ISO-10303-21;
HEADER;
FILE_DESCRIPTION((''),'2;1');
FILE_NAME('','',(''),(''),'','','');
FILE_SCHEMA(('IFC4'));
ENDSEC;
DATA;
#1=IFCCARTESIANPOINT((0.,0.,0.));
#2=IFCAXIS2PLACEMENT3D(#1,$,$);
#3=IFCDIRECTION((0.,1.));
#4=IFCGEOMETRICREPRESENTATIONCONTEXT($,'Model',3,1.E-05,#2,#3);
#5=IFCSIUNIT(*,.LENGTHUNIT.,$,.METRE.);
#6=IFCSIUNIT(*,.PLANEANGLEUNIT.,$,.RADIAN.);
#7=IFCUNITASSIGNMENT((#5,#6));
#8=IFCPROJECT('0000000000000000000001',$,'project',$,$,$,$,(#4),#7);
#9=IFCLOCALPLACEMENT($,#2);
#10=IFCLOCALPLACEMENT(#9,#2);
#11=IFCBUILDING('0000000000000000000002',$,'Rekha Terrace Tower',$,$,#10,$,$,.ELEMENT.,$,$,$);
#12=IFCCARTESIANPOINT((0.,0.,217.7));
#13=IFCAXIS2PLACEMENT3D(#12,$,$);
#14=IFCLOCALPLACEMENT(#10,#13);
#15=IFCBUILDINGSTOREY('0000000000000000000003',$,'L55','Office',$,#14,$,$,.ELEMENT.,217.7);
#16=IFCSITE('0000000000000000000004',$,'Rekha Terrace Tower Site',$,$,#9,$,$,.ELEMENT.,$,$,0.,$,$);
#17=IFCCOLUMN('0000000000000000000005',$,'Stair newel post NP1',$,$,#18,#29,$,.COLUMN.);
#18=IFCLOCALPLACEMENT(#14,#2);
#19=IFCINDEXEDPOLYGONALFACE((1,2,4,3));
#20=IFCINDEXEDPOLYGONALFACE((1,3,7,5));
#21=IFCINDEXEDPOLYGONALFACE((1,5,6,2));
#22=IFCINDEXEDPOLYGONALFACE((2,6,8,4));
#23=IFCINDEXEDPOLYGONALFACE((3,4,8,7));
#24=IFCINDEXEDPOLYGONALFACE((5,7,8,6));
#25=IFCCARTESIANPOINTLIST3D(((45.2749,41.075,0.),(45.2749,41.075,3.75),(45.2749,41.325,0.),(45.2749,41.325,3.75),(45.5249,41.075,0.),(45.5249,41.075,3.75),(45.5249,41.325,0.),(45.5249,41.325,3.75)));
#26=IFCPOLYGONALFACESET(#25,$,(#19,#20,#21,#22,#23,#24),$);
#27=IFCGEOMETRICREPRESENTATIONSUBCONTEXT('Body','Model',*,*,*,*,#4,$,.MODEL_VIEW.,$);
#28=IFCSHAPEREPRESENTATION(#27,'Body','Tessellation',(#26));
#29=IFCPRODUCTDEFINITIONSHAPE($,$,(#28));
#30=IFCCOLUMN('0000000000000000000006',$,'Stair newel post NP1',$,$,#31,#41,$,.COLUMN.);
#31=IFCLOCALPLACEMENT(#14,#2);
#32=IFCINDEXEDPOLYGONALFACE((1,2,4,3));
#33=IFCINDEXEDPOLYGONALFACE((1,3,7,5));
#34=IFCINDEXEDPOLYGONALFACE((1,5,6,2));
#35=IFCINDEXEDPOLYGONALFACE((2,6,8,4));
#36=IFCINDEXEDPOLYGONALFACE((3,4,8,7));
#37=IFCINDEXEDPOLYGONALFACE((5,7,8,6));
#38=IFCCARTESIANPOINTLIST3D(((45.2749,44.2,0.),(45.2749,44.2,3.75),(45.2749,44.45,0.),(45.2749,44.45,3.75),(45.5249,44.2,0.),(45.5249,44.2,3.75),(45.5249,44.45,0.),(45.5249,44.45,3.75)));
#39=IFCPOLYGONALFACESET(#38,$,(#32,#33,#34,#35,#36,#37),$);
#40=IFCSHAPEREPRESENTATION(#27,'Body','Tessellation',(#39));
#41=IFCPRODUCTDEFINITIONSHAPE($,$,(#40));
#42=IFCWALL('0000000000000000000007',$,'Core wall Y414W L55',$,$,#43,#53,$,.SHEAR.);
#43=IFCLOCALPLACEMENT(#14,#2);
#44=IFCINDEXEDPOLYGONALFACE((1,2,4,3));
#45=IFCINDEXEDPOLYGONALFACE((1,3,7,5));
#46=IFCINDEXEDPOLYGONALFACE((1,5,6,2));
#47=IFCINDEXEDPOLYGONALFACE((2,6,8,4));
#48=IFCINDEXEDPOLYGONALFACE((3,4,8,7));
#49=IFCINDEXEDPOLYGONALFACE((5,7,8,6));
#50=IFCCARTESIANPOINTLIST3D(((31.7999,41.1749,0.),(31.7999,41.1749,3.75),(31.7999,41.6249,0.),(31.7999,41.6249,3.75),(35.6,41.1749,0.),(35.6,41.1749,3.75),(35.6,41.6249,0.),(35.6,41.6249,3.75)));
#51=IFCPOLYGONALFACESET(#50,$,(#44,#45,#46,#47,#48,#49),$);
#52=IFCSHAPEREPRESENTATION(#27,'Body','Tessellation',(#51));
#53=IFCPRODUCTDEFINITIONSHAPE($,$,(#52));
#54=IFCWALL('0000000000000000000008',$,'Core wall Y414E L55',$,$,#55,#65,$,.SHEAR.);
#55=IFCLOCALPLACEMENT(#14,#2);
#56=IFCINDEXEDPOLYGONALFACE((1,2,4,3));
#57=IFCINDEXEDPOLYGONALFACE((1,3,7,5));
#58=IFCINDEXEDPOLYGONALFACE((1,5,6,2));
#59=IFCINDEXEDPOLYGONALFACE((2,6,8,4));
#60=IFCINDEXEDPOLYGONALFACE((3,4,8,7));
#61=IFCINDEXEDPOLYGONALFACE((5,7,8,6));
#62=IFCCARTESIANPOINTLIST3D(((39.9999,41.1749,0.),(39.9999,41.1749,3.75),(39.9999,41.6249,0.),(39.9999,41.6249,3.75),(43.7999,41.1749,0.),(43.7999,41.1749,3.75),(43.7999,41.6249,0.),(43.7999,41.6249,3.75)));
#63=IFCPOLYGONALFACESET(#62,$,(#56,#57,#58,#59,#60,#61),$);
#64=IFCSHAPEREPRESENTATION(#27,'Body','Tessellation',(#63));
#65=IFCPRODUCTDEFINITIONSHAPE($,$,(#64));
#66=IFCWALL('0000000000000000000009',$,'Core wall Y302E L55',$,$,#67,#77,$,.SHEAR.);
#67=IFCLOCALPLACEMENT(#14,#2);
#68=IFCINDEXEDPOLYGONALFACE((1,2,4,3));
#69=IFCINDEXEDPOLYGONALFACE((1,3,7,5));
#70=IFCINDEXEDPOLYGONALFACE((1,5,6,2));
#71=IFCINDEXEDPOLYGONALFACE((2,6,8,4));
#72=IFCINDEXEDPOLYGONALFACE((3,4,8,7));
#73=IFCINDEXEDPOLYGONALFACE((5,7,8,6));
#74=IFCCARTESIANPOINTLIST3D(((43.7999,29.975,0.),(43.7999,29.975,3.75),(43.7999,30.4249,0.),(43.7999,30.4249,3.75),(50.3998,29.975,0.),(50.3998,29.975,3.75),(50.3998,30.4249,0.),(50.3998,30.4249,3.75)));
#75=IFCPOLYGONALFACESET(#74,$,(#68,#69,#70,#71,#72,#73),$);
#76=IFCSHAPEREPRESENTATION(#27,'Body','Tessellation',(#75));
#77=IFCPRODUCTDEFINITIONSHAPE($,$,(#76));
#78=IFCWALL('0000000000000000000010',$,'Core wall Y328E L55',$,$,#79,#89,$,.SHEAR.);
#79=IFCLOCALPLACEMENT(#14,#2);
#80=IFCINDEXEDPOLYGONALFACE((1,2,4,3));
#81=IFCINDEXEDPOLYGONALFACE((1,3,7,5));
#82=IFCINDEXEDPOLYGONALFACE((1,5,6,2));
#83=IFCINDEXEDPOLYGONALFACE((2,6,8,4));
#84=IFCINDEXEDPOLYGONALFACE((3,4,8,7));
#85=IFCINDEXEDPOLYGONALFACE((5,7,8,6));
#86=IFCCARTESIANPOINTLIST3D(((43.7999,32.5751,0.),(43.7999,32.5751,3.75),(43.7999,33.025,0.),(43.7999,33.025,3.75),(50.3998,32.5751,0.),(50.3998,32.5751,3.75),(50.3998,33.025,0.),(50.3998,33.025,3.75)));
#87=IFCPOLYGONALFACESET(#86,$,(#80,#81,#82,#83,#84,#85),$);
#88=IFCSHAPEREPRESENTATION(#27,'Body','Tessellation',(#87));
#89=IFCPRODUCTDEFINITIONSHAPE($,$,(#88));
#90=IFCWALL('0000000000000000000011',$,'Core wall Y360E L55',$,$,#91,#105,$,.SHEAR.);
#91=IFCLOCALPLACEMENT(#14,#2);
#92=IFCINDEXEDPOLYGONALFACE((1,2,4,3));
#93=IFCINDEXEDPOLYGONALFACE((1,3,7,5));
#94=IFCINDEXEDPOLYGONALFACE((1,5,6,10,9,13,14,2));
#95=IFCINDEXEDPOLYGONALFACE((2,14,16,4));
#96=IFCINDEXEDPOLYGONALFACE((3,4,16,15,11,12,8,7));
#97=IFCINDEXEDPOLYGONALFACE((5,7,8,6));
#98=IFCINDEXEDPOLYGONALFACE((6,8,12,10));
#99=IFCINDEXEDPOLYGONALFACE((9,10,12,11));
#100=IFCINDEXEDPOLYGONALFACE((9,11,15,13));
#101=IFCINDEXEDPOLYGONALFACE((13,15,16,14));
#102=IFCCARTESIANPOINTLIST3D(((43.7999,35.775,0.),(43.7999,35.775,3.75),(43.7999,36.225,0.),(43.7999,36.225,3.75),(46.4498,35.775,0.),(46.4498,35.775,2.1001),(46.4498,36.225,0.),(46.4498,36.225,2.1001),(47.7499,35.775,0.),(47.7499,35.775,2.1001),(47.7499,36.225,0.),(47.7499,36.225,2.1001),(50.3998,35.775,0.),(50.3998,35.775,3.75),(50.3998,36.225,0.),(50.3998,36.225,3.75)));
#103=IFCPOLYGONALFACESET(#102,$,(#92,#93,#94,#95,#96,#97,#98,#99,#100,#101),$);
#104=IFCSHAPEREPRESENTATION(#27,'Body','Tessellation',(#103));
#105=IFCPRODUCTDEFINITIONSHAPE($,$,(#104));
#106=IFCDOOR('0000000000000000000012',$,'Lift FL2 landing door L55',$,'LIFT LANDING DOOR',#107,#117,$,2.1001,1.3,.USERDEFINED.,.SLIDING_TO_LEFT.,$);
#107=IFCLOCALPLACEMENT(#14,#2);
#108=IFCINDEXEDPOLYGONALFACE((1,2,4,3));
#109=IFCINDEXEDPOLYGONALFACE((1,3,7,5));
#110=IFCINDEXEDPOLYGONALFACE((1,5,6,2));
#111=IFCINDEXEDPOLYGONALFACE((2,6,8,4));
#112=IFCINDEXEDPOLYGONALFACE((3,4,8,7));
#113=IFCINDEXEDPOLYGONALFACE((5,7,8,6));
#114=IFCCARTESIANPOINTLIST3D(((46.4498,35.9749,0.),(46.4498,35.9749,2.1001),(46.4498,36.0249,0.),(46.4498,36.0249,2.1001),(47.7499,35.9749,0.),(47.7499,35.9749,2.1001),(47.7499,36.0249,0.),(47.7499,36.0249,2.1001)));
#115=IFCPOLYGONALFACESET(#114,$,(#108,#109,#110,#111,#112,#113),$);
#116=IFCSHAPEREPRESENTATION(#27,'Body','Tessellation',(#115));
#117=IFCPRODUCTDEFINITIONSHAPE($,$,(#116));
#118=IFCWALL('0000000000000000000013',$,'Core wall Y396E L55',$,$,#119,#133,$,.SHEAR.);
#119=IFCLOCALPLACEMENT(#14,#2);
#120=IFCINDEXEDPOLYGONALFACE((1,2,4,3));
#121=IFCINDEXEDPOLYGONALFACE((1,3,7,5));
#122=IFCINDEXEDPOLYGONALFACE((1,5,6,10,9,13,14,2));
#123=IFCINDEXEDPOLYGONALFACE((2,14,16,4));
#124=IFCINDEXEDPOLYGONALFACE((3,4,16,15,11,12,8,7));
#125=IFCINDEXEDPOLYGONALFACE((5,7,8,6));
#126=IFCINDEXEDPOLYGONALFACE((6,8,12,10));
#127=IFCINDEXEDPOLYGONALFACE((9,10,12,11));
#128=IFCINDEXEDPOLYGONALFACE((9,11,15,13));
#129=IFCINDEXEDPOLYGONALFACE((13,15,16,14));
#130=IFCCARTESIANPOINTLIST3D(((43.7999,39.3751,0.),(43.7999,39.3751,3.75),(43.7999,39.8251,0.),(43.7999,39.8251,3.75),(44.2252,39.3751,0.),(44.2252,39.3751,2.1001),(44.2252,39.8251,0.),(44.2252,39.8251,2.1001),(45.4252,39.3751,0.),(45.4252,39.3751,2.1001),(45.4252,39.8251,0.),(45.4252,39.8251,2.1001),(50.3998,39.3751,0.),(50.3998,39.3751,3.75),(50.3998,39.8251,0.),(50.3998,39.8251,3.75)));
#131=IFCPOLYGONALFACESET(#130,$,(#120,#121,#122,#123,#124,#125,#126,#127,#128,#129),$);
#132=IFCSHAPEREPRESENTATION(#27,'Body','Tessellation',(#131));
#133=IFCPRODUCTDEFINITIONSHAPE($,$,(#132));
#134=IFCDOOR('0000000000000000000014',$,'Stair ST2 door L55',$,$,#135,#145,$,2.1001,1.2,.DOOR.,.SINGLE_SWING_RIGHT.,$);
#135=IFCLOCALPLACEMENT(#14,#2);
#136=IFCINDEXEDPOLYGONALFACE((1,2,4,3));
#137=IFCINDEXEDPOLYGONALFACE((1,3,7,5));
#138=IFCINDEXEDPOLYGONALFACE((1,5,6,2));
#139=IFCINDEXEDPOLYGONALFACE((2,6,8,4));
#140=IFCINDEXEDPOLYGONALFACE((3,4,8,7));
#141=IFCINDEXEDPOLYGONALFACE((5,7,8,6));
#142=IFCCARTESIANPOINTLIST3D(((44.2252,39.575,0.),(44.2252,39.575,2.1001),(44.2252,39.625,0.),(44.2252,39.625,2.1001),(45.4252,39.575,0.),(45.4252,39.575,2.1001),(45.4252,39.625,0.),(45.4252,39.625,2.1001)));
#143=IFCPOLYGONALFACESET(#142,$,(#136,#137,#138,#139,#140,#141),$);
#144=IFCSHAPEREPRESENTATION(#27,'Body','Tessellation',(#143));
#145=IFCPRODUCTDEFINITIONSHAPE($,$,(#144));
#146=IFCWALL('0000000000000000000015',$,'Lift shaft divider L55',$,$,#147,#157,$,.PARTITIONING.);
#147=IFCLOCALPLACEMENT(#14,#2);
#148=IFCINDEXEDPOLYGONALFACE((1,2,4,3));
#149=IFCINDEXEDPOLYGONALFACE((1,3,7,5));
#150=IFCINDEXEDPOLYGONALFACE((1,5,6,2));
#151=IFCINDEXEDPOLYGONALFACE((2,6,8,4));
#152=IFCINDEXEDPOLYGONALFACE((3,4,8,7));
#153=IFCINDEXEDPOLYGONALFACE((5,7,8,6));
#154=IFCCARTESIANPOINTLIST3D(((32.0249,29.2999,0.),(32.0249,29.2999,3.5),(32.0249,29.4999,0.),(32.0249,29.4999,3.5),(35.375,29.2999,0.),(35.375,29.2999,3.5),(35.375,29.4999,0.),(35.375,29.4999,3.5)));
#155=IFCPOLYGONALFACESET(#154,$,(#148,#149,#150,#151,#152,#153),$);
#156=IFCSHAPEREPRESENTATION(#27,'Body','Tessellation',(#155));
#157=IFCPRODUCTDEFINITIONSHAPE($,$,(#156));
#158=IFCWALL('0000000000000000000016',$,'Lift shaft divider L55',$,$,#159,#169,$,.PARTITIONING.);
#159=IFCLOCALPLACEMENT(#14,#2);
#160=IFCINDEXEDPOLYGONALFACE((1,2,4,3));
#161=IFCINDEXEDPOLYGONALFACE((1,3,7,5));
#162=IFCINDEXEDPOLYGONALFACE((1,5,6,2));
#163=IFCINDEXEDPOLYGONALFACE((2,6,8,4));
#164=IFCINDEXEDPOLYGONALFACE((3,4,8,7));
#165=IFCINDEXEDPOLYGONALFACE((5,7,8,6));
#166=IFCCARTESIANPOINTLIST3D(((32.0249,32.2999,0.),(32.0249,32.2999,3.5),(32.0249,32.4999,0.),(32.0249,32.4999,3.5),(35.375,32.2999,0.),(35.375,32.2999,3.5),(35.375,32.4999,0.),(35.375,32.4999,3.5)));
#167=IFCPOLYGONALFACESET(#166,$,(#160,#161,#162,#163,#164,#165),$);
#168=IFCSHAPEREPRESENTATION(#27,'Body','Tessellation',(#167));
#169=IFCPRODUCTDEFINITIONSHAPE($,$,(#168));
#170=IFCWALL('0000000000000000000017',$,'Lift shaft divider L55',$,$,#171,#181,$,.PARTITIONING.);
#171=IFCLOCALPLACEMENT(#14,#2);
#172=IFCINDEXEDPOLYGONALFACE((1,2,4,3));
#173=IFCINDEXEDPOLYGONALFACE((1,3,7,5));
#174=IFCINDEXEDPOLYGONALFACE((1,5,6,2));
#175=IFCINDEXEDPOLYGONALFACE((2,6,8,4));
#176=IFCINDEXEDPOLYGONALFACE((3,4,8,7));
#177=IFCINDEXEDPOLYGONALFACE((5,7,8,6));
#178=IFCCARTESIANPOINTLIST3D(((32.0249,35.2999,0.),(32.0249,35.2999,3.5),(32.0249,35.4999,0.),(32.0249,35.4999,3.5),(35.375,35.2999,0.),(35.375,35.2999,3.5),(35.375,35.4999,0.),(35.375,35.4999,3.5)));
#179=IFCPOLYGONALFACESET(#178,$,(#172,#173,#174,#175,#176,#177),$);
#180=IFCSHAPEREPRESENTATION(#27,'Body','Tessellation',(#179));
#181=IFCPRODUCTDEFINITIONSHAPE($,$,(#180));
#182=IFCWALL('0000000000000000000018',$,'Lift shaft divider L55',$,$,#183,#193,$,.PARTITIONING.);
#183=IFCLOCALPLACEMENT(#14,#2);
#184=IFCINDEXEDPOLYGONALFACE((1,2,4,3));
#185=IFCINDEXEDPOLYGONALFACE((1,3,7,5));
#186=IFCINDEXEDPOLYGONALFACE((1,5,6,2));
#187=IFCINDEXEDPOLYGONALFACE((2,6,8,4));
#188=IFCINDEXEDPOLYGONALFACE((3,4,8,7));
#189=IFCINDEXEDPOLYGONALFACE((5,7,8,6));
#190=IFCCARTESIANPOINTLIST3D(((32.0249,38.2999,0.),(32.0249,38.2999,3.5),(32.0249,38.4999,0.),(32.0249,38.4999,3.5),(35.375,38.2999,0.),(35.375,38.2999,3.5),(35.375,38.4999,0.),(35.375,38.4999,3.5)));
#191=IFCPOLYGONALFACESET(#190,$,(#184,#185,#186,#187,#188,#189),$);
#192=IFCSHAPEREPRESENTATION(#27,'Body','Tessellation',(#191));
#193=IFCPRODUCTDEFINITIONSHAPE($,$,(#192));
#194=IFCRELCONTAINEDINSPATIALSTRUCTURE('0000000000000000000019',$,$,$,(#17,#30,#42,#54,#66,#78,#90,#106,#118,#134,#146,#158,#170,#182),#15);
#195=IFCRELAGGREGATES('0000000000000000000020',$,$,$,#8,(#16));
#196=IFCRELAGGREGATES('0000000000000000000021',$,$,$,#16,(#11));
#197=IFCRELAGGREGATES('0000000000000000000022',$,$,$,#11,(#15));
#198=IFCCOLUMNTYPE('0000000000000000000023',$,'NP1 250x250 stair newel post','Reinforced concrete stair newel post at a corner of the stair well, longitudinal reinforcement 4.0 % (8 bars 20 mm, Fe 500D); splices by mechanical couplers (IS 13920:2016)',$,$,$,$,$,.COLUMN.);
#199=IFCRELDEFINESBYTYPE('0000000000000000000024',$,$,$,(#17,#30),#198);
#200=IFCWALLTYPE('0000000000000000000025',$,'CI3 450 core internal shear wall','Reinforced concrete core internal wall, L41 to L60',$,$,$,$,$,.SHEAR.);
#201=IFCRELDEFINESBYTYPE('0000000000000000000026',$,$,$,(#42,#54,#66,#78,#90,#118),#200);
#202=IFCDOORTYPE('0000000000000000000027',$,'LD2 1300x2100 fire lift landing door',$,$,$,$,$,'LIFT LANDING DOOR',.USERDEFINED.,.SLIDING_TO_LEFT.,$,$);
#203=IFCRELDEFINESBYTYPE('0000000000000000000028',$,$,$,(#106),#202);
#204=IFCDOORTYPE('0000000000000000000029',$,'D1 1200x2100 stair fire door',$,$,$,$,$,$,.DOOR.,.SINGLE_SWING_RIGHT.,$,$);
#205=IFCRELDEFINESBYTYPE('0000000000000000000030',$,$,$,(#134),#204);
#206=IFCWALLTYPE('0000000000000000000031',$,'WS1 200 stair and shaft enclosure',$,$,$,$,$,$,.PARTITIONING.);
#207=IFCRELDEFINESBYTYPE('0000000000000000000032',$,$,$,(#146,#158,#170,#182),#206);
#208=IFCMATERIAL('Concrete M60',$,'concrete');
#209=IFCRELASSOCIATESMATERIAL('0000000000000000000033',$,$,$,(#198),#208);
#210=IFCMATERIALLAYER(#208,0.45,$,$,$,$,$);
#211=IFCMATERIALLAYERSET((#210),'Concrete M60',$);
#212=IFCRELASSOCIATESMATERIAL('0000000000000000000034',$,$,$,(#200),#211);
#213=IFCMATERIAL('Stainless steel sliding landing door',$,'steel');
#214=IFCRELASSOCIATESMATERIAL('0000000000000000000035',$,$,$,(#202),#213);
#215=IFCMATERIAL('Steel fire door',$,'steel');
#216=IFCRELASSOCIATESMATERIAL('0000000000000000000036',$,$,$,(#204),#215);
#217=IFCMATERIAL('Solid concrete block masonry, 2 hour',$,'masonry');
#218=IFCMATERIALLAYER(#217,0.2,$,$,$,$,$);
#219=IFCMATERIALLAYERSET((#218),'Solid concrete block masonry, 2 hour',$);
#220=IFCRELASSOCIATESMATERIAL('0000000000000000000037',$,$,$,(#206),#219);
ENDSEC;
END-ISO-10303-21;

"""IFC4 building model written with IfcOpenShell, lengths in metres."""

from ifc_helpers import new_model, si_unit, direction, frame, frame_2d, origin, origin_2d, place, context, subcontext, project, spatial, rectangle, extrude, material, layer, layer_set, material_profile, profile_set, type_object, element, fill, save


model = new_model("IFC4")

# Units and contexts
model_context = context("Model", 3, precision=1e-05, world=origin(), true_north=direction((0.0, 1.0)))
body_context = subcontext(model_context, "Body", "Model", "MODEL_VIEW")
ifc_project = project(units=[si_unit("LENGTHUNIT", "METRE"), si_unit("PLANEANGLEUNIT", "RADIAN")], contexts=[model_context])

# Site, building, storey
site_placement = place(None, origin())
site = spatial("IfcSite", under=ifc_project, at=site_placement, Name="Rekha Terrace Tower Site", CompositionType="ELEMENT", RefElevation=0.0)
building_placement = place(site_placement, origin())
building = spatial("IfcBuilding", under=site, at=building_placement, Name="Rekha Terrace Tower", CompositionType="ELEMENT")
storey_placement = place(building_placement, frame((0.0, 0.0, 217.7)))
storey = spatial("IfcBuildingStorey", under=building, at=storey_placement, Name="L55", Description="Office", CompositionType="ELEMENT", Elevation=217.7)

# Columns
ifc_material_1 = material(Name="Concrete M60", Category="concrete")
ifc_material_profile = material_profile(ifc_material_1, rectangle(XDim=0.25, YDim=0.25, at=origin_2d()), Name="RC 250x250")
ifc_profile_set = profile_set([ifc_material_profile], Name="Concrete M60")
column_type = type_object("IfcColumnType", Name="NP1 250x250 stair newel post", Description="Reinforced concrete stair newel post at a corner of the stair well, longitudinal reinforcement 4.0 % (8 bars 20 mm, Fe 500D); splices by mechanical couplers (IS 13920:2016)", PredefinedType="COLUMN", material=ifc_profile_set)
for number, where, z_axis, x_axis, name in (
    (1, (45.3999, 41.2, 0.0), (0.0, 0.0, 1.0), (1.0, 0.0, 0.0), "Stair newel post NP1"),
    (2, (45.3999, 44.325, 0.0), (0.0, 0.0, 1.0), (1.0, 0.0, 0.0), "Stair newel post NP1"),
):
    element("IfcColumn", number, at=place(storey_placement, frame(where, z_axis=z_axis, x_axis=x_axis)), inside=storey, type_object=column_type, Name=name, PredefinedType="COLUMN", context=body_context, shape_type="SweptSolid", body=[
        extrude(rectangle(XDim=0.25, YDim=0.25, at=origin_2d()), origin(), (0.0, 0.0, 1.0), 3.75),
    ])

# Walls
ifc_layer_1 = layer(ifc_material_1, 0.45)
ifc_layer_set_1 = layer_set([ifc_layer_1], Name="Concrete M60")
wall_type_1 = type_object("IfcWallType", Name="CI3 450 core internal shear wall", Description="Reinforced concrete core internal wall, L41 to L60", PredefinedType="SHEAR", material=ifc_layer_set_1)
for number, where, z_axis, x_axis, name in (
    (3, (31.8, 41.3999, 0.0), (0.0, 0.0, 1.0), (1.0, 0.0, 0.0), "Core wall Y414W L55"),
    (4, (40.0, 41.3999, 0.0), (0.0, 0.0, 1.0), (1.0, 0.0, 0.0), "Core wall Y414E L55"),
):
    element("IfcWall", number, at=place(storey_placement, frame(where, z_axis=z_axis, x_axis=x_axis)), inside=storey, type_object=wall_type_1, Name=name, PredefinedType="SHEAR", context=body_context, shape_type="SweptSolid", body=[
        extrude(rectangle(XDim=3.8, YDim=0.45, at=frame_2d((1.8999, 0.0))), origin(), (0.0, 0.0, 1.0), 3.75),
    ])
for number, where, z_axis, x_axis, name in (
    (5, (43.8, 30.2, 0.0), (0.0, 0.0, 1.0), (1.0, 0.0, 0.0), "Core wall Y302E L55"),
    (6, (43.8, 32.8, 0.0), (0.0, 0.0, 1.0), (1.0, 0.0, 0.0), "Core wall Y328E L55"),
):
    element("IfcWall", number, at=place(storey_placement, frame(where, z_axis=z_axis, x_axis=x_axis)), inside=storey, type_object=wall_type_1, Name=name, PredefinedType="SHEAR", context=body_context, shape_type="SweptSolid", body=[
        extrude(rectangle(XDim=6.5999, YDim=0.45, at=frame_2d((3.2998, 0.0))), origin(), (0.0, 0.0, 1.0), 3.75),
    ])

# Walls, openings, doors
wall_1_placement = place(storey_placement, frame((43.8, 36.0, 0.0), z_axis=(0.0, 0.0, 1.0), x_axis=(1.0, 0.0, 0.0)))
wall_1 = element("IfcWall", 7, at=wall_1_placement, inside=storey, type_object=wall_type_1, Name="Core wall Y360E L55", PredefinedType="SHEAR", context=body_context, shape_type="SweptSolid", body=[
    extrude(rectangle(XDim=6.5999, YDim=0.45, at=frame_2d((3.2998, 0.0))), origin(), (0.0, 0.0, 1.0), 3.75),
])
opening_1_placement = place(wall_1_placement, frame((2.6499, 0.0, 0.0)))
opening_1 = element("IfcOpeningElement", 8, at=opening_1_placement, cuts=wall_1, PredefinedType="OPENING", context=body_context, shape_type="SweptSolid", body=[
    extrude(rectangle(XDim=1.3, YDim=2.1001, at=frame_2d((0.6499, 1.05))), frame((0.0, 0.2349, 0.0), z_axis=(0.0, -1.0, 0.0), x_axis=(1.0, 0.0, 0.0)), (0.0, 0.0, 1.0), 0.47),
])
ifc_material_2 = material(Name="Stainless steel sliding landing door", Category="steel")
door_type_1 = type_object("IfcDoorType", Name="LD2 1300x2100 fire lift landing door", ElementType="LIFT LANDING DOOR", OperationType="SLIDING_TO_LEFT", PredefinedType="USERDEFINED", material=ifc_material_2)
door_1_placement = place(opening_1_placement, origin())
door_1 = element("IfcDoor", 9, at=door_1_placement, inside=storey, type_object=door_type_1, Name="Lift FL2 landing door L55", ObjectType="LIFT LANDING DOOR", OperationType="SLIDING_TO_LEFT", OverallHeight=2.1001, OverallWidth=1.3, PredefinedType="USERDEFINED", context=body_context, shape_type="SweptSolid", body=[
    extrude(rectangle(XDim=1.3, YDim=2.1001, at=frame_2d((0.6499, 1.05))), frame((0.0, 0.0249, 0.0), z_axis=(0.0, -1.0, 0.0), x_axis=(1.0, 0.0, 0.0)), (0.0, 0.0, 1.0), 0.05),
])
fill(opening_1, door_1)
wall_2_placement = place(storey_placement, frame((43.8, 39.6001, 0.0), z_axis=(0.0, 0.0, 1.0), x_axis=(1.0, 0.0, 0.0)))
wall_2 = element("IfcWall", 10, at=wall_2_placement, inside=storey, type_object=wall_type_1, Name="Core wall Y396E L55", PredefinedType="SHEAR", context=body_context, shape_type="SweptSolid", body=[
    extrude(rectangle(XDim=6.5999, YDim=0.45, at=frame_2d((3.2998, 0.0))), origin(), (0.0, 0.0, 1.0), 3.75),
])
opening_2_placement = place(wall_2_placement, frame((0.425, 0.0, 0.0)))
opening_2 = element("IfcOpeningElement", 11, at=opening_2_placement, cuts=wall_2, PredefinedType="OPENING", context=body_context, shape_type="SweptSolid", body=[
    extrude(rectangle(XDim=1.2, YDim=2.1001, at=frame_2d((0.6001, 1.05))), frame((0.0, 0.2349, 0.0), z_axis=(0.0, -1.0, 0.0), x_axis=(1.0, 0.0, 0.0)), (0.0, 0.0, 1.0), 0.47),
])
ifc_material_3 = material(Name="Steel fire door", Category="steel")
door_type_2 = type_object("IfcDoorType", Name="D1 1200x2100 stair fire door", OperationType="SINGLE_SWING_RIGHT", PredefinedType="DOOR", material=ifc_material_3)
door_2_placement = place(opening_2_placement, origin())
door_2 = element("IfcDoor", 12, at=door_2_placement, inside=storey, type_object=door_type_2, Name="Stair ST2 door L55", OperationType="SINGLE_SWING_RIGHT", OverallHeight=2.1001, OverallWidth=1.2, PredefinedType="DOOR", context=body_context, shape_type="SweptSolid", body=[
    extrude(rectangle(XDim=1.2, YDim=2.1001, at=frame_2d((0.6001, 1.05))), frame((0.0, 0.0249, 0.0), z_axis=(0.0, -1.0, 0.0), x_axis=(1.0, 0.0, 0.0)), (0.0, 0.0, 1.0), 0.05),
])
fill(opening_2, door_2)

# Walls
ifc_material_4 = material(Name="Solid concrete block masonry, 2 hour", Category="masonry")
ifc_layer_2 = layer(ifc_material_4, 0.2)
ifc_layer_set_2 = layer_set([ifc_layer_2], Name="Solid concrete block masonry, 2 hour")
wall_type_2 = type_object("IfcWallType", Name="WS1 200 stair and shaft enclosure", PredefinedType="PARTITIONING", material=ifc_layer_set_2)
for number, where, z_axis, x_axis, name in (
    (13, (32.0249, 29.3999, 0.0), (0.0, 0.0, 1.0), (1.0, 0.0, 0.0), "Lift shaft divider L55"),
    (14, (32.0249, 32.3999, 0.0), (0.0, 0.0, 1.0), (1.0, 0.0, 0.0), "Lift shaft divider L55"),
    (15, (32.0249, 35.3999, 0.0), (0.0, 0.0, 1.0), (1.0, 0.0, 0.0), "Lift shaft divider L55"),
    (16, (32.0249, 38.3999, 0.0), (0.0, 0.0, 1.0), (1.0, 0.0, 0.0), "Lift shaft divider L55"),
):
    element("IfcWall", number, at=place(storey_placement, frame(where, z_axis=z_axis, x_axis=x_axis)), inside=storey, type_object=wall_type_2, Name=name, PredefinedType="PARTITIONING", context=body_context, shape_type="SweptSolid", body=[
        extrude(rectangle(XDim=3.3501, YDim=0.2, at=frame_2d((1.675, 0.0))), origin(), (0.0, 0.0, 1.0), 3.5),
    ])

save(model, "model.ifc")
